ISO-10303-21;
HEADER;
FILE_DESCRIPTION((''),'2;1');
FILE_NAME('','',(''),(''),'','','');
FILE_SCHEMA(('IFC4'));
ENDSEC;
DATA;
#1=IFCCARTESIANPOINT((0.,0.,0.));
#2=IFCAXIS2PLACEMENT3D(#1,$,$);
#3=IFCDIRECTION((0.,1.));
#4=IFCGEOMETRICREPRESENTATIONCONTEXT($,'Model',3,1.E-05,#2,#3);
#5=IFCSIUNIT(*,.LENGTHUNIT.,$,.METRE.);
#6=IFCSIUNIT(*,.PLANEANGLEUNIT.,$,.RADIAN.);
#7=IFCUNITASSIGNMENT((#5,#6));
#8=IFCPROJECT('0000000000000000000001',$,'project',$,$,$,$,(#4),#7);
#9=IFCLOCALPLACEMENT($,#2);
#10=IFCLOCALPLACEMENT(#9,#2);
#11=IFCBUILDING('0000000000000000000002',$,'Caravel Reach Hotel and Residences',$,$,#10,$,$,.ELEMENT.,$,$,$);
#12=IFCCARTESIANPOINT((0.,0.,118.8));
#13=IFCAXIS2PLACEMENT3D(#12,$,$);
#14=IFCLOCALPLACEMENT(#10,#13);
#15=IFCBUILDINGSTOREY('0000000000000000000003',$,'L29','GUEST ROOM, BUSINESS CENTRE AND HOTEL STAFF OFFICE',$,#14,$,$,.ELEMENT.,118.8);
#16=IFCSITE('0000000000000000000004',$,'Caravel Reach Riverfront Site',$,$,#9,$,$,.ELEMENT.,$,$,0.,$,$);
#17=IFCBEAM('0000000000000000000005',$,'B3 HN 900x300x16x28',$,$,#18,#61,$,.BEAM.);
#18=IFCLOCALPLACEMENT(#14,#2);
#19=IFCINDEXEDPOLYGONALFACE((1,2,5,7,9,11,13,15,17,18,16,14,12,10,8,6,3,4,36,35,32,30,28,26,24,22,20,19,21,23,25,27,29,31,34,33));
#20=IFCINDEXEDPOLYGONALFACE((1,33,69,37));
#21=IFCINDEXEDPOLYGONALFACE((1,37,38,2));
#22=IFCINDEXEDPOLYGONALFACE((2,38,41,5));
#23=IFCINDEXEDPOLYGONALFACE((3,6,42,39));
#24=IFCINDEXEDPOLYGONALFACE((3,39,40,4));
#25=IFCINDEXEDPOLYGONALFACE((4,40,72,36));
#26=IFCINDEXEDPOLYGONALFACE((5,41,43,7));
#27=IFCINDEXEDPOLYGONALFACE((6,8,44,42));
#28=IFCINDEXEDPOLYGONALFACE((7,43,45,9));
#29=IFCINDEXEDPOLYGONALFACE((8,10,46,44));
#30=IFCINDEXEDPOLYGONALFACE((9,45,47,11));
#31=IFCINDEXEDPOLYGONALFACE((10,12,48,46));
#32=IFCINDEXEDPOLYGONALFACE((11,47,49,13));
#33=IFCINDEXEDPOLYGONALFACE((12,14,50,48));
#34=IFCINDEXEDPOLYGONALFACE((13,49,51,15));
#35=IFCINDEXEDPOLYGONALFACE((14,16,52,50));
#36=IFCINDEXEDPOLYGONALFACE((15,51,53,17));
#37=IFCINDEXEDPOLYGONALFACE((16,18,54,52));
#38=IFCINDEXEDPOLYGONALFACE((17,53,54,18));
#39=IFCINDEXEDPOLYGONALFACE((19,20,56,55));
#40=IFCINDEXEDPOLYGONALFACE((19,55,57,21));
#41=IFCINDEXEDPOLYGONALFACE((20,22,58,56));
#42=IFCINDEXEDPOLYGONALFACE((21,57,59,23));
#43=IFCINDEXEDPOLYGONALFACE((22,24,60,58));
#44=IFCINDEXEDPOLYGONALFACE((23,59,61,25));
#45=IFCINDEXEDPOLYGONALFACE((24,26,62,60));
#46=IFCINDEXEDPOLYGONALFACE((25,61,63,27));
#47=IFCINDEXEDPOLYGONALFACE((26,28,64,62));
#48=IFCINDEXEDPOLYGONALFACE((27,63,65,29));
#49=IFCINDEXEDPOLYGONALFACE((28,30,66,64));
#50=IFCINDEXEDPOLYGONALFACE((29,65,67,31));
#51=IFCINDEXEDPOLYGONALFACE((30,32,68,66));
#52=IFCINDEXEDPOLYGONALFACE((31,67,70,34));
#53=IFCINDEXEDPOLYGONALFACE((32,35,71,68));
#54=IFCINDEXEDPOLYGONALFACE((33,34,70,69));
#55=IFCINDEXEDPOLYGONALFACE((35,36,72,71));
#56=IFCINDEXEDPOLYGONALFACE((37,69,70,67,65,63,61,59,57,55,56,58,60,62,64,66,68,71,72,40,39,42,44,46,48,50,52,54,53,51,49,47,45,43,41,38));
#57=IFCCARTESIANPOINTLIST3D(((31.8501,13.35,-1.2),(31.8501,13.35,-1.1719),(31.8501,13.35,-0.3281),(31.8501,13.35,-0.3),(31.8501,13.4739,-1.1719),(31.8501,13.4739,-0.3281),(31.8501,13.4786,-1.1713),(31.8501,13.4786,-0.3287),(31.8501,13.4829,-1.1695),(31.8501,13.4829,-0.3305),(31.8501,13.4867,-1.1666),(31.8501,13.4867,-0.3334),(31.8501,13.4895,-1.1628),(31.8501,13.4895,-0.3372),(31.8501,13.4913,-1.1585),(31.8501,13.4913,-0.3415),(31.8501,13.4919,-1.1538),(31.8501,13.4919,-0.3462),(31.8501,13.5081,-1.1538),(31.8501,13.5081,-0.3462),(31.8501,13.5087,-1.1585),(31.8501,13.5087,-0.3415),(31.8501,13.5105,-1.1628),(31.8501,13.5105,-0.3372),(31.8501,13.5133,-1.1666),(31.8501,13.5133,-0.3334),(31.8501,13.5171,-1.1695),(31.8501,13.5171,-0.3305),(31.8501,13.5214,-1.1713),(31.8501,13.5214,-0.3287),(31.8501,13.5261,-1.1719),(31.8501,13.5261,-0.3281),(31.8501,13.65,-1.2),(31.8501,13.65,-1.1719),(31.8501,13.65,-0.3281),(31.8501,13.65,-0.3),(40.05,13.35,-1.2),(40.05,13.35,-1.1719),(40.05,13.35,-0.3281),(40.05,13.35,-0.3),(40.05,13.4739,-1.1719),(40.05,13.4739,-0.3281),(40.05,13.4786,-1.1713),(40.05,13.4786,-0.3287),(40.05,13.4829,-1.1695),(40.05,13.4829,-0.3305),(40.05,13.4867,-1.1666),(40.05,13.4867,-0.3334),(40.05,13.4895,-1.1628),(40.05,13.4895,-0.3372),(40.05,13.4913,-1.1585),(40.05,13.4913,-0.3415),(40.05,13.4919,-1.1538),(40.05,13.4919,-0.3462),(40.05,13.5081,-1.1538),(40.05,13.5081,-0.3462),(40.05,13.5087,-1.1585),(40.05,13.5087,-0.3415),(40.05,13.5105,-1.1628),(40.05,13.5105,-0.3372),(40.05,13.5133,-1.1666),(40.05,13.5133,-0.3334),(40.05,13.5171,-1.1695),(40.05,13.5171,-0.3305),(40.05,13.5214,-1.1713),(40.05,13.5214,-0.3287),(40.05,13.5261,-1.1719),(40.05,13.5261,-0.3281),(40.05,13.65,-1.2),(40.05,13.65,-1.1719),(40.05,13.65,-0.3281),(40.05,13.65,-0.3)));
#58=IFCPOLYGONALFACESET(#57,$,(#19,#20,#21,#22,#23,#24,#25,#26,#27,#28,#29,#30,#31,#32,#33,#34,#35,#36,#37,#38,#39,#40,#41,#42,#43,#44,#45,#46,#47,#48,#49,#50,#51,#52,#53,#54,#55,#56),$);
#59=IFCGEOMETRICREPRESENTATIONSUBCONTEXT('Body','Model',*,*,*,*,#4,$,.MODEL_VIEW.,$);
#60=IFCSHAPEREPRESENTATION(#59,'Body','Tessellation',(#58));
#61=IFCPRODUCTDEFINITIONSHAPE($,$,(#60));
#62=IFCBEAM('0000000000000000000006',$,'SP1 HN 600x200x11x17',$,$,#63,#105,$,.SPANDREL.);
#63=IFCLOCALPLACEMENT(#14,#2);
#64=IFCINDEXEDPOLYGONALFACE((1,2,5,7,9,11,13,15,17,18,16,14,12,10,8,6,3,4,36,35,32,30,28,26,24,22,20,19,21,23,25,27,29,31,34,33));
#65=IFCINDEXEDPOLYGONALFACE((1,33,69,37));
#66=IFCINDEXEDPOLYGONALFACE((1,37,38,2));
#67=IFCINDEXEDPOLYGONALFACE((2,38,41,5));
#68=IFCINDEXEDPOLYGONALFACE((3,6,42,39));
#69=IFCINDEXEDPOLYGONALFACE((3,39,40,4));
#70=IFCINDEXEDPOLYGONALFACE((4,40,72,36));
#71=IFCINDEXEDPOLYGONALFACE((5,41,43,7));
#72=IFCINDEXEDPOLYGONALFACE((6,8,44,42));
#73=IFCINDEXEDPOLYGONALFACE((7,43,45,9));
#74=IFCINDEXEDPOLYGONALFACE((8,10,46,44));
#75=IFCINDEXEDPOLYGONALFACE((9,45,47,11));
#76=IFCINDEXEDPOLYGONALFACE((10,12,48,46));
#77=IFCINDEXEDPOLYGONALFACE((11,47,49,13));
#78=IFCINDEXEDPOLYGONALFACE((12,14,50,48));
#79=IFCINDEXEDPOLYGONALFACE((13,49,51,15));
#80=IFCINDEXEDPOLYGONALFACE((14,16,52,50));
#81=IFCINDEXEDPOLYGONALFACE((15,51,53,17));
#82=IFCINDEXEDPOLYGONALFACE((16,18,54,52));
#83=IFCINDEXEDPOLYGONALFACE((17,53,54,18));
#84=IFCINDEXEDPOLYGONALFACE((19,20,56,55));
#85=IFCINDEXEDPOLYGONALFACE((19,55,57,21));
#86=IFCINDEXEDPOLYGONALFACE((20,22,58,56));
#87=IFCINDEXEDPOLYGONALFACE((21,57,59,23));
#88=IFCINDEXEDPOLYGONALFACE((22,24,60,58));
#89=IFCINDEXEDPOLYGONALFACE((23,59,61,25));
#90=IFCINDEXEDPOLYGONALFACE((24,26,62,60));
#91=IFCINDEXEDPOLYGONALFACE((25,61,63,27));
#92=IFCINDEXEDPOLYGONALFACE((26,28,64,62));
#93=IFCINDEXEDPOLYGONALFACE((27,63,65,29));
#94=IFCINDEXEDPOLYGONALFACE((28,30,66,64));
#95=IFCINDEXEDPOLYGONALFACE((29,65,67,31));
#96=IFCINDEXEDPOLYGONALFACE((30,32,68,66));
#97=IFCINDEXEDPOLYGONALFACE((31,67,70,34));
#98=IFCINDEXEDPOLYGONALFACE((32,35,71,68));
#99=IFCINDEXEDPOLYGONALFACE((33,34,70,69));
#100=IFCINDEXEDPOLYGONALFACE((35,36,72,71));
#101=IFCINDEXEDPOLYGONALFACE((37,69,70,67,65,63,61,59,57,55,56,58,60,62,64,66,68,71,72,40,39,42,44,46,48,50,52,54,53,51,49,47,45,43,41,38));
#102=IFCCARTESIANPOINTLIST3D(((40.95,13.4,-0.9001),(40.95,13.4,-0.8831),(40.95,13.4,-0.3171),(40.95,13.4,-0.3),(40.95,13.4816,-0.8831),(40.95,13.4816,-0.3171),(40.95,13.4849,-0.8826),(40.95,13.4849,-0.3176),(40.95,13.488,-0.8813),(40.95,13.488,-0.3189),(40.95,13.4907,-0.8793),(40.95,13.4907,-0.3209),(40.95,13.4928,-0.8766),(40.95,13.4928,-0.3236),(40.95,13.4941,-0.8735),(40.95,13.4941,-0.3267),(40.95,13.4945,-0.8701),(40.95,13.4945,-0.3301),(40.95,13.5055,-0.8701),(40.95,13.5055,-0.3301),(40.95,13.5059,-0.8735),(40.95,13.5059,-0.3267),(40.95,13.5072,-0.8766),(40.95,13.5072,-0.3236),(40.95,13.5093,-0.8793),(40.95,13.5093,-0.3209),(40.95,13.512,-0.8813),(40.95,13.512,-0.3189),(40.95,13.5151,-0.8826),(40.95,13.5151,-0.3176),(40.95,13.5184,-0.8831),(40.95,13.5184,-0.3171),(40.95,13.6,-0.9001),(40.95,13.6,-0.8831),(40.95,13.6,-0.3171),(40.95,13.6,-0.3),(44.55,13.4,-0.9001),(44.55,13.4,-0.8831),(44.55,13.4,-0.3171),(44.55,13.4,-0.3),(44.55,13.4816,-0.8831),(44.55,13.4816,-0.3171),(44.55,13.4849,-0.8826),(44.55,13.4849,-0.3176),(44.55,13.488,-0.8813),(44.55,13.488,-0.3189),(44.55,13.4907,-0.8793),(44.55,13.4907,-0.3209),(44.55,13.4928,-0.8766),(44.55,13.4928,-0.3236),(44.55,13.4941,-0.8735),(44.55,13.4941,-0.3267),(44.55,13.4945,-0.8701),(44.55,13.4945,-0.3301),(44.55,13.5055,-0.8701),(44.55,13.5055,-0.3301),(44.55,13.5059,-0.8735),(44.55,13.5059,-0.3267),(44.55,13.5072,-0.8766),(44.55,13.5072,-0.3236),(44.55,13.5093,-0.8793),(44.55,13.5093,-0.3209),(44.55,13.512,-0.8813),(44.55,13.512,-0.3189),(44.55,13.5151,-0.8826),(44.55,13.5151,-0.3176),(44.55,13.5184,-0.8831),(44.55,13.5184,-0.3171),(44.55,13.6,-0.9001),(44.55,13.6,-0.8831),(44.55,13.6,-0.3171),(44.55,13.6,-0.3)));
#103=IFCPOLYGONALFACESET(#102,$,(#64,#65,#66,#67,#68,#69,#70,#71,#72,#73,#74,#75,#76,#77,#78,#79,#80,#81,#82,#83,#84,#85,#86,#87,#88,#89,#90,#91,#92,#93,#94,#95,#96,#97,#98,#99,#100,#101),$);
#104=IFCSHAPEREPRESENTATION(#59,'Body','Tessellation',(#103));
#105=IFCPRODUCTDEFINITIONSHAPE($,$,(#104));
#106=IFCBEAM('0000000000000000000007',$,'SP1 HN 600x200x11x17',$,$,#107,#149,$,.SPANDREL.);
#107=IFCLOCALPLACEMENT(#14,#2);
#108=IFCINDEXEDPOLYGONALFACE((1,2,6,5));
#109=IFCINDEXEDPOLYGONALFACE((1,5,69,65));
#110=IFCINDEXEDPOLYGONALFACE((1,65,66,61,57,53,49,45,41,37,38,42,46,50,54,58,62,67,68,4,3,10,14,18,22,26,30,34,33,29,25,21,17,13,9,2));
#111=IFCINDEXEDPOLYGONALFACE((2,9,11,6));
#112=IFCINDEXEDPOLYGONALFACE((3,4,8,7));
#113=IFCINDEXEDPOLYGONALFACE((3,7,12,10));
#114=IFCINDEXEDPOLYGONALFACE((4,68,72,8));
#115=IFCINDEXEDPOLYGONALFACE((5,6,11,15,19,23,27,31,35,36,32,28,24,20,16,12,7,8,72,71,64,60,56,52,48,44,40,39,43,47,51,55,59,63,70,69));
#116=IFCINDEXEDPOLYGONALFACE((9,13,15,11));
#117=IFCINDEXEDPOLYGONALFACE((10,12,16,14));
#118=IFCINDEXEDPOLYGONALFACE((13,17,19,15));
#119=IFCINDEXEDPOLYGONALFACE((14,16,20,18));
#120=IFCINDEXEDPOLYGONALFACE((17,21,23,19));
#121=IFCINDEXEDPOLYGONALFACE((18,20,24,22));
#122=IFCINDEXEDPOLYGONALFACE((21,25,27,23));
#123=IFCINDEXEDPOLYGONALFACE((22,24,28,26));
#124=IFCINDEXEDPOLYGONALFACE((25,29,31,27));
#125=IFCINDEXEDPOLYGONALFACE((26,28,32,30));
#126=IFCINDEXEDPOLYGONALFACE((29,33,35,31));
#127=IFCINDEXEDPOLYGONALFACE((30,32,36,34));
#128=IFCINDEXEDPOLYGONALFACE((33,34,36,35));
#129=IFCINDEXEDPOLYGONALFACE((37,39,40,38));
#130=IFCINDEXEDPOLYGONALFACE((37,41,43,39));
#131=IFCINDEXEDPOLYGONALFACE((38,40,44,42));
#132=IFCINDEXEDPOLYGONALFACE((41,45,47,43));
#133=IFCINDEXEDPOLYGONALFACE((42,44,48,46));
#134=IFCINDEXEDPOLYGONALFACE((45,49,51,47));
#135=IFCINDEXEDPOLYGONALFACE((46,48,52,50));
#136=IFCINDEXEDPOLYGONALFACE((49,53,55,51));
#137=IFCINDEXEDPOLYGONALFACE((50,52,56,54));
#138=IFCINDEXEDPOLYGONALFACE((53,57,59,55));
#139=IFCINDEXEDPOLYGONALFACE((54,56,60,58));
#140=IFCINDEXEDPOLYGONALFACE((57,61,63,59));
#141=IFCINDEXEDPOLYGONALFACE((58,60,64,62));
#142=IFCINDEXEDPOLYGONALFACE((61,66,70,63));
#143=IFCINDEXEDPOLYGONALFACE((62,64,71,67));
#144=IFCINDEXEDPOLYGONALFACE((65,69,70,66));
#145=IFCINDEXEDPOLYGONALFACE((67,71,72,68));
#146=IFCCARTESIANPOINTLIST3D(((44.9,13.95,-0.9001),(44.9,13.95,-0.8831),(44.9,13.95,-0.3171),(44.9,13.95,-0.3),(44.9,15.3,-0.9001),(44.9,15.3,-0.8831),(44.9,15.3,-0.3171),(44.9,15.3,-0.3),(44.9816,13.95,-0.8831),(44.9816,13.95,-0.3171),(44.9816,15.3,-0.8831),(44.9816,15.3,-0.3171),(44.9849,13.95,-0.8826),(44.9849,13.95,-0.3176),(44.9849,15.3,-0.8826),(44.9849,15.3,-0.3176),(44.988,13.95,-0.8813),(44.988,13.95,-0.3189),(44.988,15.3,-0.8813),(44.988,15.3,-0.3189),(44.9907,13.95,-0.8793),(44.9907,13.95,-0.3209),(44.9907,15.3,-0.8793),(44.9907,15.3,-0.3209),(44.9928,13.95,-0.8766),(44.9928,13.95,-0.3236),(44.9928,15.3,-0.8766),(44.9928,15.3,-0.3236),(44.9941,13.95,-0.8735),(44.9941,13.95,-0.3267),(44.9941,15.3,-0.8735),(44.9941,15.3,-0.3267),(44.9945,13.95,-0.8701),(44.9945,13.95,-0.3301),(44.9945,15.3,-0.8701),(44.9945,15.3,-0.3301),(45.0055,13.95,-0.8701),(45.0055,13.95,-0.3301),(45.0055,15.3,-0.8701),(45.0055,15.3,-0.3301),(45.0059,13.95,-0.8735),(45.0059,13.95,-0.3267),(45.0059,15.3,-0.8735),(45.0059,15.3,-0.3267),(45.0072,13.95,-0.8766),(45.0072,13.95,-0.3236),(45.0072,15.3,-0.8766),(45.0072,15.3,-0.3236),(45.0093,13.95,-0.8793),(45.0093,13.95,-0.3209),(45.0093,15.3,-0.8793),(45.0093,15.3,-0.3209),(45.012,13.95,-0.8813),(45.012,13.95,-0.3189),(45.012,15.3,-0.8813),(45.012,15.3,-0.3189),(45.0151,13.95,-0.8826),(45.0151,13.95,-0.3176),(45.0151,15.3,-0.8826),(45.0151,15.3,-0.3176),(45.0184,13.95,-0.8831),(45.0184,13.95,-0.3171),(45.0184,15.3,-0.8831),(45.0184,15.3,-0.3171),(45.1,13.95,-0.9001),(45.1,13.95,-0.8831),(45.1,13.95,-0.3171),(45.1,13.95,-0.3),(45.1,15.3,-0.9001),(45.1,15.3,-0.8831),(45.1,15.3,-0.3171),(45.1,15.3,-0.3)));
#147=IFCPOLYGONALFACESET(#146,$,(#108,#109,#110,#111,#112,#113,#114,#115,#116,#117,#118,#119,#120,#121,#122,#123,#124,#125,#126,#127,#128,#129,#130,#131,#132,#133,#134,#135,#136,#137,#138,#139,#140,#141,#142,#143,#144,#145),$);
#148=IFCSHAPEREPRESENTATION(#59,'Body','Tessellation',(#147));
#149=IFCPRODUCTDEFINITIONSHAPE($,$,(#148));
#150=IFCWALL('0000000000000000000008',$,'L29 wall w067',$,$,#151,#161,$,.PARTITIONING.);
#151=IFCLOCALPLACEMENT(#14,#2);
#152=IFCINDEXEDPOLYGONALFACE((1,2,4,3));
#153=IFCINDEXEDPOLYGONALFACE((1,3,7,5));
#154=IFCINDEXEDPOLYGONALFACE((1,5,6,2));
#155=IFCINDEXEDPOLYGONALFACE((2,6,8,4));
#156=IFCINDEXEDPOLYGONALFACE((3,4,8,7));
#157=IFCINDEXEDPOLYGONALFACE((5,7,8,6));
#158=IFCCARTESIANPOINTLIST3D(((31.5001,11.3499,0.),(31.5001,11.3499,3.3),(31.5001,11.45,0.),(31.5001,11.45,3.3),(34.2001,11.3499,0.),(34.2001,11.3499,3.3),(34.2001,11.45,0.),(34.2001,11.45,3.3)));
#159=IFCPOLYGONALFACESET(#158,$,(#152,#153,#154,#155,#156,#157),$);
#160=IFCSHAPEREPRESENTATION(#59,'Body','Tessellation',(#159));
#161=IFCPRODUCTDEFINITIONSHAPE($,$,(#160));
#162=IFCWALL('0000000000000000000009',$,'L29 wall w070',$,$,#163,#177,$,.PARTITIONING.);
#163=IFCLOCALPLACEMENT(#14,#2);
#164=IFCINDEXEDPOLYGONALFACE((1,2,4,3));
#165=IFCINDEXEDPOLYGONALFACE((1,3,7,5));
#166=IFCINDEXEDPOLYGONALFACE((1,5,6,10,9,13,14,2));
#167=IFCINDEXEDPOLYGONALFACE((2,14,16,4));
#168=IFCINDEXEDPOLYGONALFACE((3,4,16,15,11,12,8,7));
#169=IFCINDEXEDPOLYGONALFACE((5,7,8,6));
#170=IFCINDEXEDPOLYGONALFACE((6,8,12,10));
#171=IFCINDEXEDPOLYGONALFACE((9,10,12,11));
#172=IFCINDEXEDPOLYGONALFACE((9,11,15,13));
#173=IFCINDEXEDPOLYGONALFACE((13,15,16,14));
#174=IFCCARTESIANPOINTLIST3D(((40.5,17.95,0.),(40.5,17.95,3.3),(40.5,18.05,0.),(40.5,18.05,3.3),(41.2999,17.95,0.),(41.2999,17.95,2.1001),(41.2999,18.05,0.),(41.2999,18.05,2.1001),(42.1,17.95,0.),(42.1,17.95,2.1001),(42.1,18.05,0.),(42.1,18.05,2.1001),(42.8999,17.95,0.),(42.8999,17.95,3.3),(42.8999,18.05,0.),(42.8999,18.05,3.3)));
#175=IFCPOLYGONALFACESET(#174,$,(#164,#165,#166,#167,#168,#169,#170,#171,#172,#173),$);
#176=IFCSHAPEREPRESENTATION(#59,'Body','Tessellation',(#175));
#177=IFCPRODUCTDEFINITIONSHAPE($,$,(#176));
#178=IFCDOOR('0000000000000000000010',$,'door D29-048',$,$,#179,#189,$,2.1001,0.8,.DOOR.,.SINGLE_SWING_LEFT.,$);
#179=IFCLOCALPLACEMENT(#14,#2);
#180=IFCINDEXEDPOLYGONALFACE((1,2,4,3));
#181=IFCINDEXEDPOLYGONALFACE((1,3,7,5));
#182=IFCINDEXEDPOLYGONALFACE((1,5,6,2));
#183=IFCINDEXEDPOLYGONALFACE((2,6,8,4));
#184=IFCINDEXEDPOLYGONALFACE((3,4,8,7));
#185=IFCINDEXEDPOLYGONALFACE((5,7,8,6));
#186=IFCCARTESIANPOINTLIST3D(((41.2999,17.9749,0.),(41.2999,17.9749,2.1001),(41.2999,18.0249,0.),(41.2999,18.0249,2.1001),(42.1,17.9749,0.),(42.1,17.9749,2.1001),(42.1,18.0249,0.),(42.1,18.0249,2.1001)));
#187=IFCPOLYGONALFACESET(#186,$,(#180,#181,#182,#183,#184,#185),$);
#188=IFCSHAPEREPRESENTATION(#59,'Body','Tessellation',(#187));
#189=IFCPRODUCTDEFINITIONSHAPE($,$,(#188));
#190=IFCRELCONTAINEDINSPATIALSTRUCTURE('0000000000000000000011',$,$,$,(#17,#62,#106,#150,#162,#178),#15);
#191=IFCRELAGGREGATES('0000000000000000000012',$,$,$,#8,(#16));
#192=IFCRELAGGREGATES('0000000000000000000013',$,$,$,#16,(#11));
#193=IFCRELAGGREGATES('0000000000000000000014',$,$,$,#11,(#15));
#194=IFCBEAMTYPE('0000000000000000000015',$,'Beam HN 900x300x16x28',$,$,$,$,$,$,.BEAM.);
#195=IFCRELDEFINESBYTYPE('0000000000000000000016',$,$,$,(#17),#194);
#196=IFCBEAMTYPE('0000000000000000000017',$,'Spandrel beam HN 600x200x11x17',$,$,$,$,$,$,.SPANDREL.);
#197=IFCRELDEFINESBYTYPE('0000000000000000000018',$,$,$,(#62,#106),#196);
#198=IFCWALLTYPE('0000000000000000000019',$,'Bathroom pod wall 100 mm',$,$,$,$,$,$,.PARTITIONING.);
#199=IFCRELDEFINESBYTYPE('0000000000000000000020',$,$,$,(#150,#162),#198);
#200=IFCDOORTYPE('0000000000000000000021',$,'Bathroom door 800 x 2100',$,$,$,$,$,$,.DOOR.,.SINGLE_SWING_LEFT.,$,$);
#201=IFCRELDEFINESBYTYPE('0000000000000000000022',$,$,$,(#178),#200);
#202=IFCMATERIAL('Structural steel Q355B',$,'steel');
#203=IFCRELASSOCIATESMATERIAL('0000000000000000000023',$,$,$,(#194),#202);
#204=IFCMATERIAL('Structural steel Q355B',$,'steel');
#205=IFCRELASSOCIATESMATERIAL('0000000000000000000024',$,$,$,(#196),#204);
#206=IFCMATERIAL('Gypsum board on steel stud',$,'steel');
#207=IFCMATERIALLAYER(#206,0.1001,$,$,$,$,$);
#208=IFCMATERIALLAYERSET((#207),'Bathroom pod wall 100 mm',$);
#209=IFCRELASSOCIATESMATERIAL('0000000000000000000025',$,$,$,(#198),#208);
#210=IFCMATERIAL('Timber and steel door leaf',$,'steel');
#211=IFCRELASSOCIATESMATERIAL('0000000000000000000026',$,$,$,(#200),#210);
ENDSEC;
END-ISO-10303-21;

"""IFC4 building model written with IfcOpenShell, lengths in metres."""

from ifc_helpers import new_model, si_unit, direction, frame, frame_2d, origin, origin_2d, place, context, subcontext, project, spatial, rectangle, i_section, extrude, material, layer, layer_set, material_profile, profile_set, type_object, element, fill, save


model = new_model("IFC4")

# Units and contexts
model_context = context("Model", 3, precision=1e-05, world=origin(), true_north=direction((0.0, 1.0)))
body_context = subcontext(model_context, "Body", "Model", "MODEL_VIEW")
ifc_project = project(units=[si_unit("LENGTHUNIT", "METRE"), si_unit("PLANEANGLEUNIT", "RADIAN")], contexts=[model_context])

# Site, building, storey
site_placement = place(None, origin())
site = spatial("IfcSite", under=ifc_project, at=site_placement, Name="Caravel Reach Riverfront Site", CompositionType="ELEMENT", RefElevation=0.0)
building_placement = place(site_placement, origin())
building = spatial("IfcBuilding", under=site, at=building_placement, Name="Caravel Reach Hotel and Residences", CompositionType="ELEMENT")
storey_placement = place(building_placement, frame((0.0, 0.0, 118.8)))
storey = spatial("IfcBuildingStorey", under=building, at=storey_placement, Name="L29", Description="GUEST ROOM, BUSINESS CENTRE AND HOTEL STAFF OFFICE", CompositionType="ELEMENT", Elevation=118.8)

# Beams
ifc_material_1 = material(Name="Structural steel Q355B", Category="steel")
ifc_material_profile_1 = material_profile(ifc_material_1, i_section(OverallWidth=0.3, OverallDepth=0.8999, WebThickness=0.0161, FlangeThickness=0.0281, FilletRadius=0.0181, at=origin_2d()), Name="HN 900x300x16x28")
ifc_profile_set_1 = profile_set([ifc_material_profile_1], Name="Structural steel Q355B")
beam_type_1 = type_object("IfcBeamType", Name="Beam HN 900x300x16x28", PredefinedType="BEAM", material=ifc_profile_set_1)
beam_1_placement = place(storey_placement, frame((31.8501, 13.5, -0.75), z_axis=(1.0, 0.0, 0.0), x_axis=(0.0, 1.0, 0.0)))
element("IfcBeam", 1, at=beam_1_placement, inside=storey, type_object=beam_type_1, Name="B3 HN 900x300x16x28", PredefinedType="BEAM", context=body_context, shape_type="SweptSolid", body=[
    extrude(i_section(OverallWidth=0.3, OverallDepth=0.8999, WebThickness=0.0161, FlangeThickness=0.0281, FilletRadius=0.0181, at=origin_2d()), origin(), (0.0, 0.0, 1.0), 8.2),
])
ifc_material_2 = material(Name="Structural steel Q355B", Category="steel")
ifc_material_profile_2 = material_profile(ifc_material_2, i_section(OverallWidth=0.2, OverallDepth=0.6001, WebThickness=0.011, FlangeThickness=0.0171, FilletRadius=0.0129, at=origin_2d()), Name="HN 600x200x11x17")
ifc_profile_set_2 = profile_set([ifc_material_profile_2], Name="Structural steel Q355B")
beam_type_2 = type_object("IfcBeamType", Name="Spandrel beam HN 600x200x11x17", PredefinedType="SPANDREL", material=ifc_profile_set_2)
beam_2_placement = place(storey_placement, frame((40.95, 13.5, -0.6001), z_axis=(1.0, 0.0, 0.0), x_axis=(0.0, 1.0, 0.0)))
element("IfcBeam", 2, at=beam_2_placement, inside=storey, type_object=beam_type_2, Name="SP1 HN 600x200x11x17", PredefinedType="SPANDREL", context=body_context, shape_type="SweptSolid", body=[
    extrude(i_section(OverallWidth=0.2, OverallDepth=0.6001, WebThickness=0.011, FlangeThickness=0.0171, FilletRadius=0.0129, at=origin_2d()), origin(), (0.0, 0.0, 1.0), 3.6001),
])
beam_3_placement = place(storey_placement, frame((45.0, 13.95, -0.6001), z_axis=(0.0, 1.0, 0.0), x_axis=(-1.0, 0.0, 0.0)))
element("IfcBeam", 3, at=beam_3_placement, inside=storey, type_object=beam_type_2, Name="SP1 HN 600x200x11x17", PredefinedType="SPANDREL", context=body_context, shape_type="SweptSolid", body=[
    extrude(i_section(OverallWidth=0.2, OverallDepth=0.6001, WebThickness=0.011, FlangeThickness=0.0171, FilletRadius=0.0129, at=origin_2d()), origin(), (0.0, 0.0, 1.0), 1.3501),
])

# Wall
ifc_material_3 = material(Name="Gypsum board on steel stud", Category="steel")
ifc_layer_1 = layer(ifc_material_3, 0.1001)
ifc_layer_set_1 = layer_set([ifc_layer_1], Name="Bathroom pod wall 100 mm")
wall_type_1 = type_object("IfcWallType", Name="Bathroom pod wall 100 mm", PredefinedType="PARTITIONING", material=ifc_layer_set_1)
wall_1_placement = place(storey_placement, frame((31.5, 11.3999, 0.0), z_axis=(0.0, 0.0, 1.0), x_axis=(1.0, 0.0, 0.0)))
element("IfcWall", 4, at=wall_1_placement, inside=storey, type_object=wall_type_1, Name="L29 wall w067", PredefinedType="PARTITIONING", context=body_context, shape_type="SweptSolid", body=[
    extrude(rectangle(XDim=2.7, YDim=0.1001, at=frame_2d((1.3501, 0.0))), origin(), (0.0, 0.0, 1.0), 3.3),
])

# Wall, opening, door
wall_2_placement = place(storey_placement, frame((40.5, 18.0, 0.0), z_axis=(0.0, 0.0, 1.0), x_axis=(1.0, 0.0, 0.0)))
wall_2 = element("IfcWall", 5, at=wall_2_placement, inside=storey, type_object=wall_type_1, Name="L29 wall w070", PredefinedType="PARTITIONING", context=body_context, shape_type="SweptSolid", body=[
    extrude(rectangle(XDim=2.3999, YDim=0.1001, at=frame_2d((1.2, 0.0))), origin(), (0.0, 0.0, 1.0), 3.3),
])
opening_1_placement = place(wall_2_placement, frame((0.8, 0.0, 0.0)))
opening_1 = element("IfcOpeningElement", 6, at=opening_1_placement, cuts=wall_2, PredefinedType="OPENING", context=body_context, shape_type="SweptSolid", body=[
    extrude(rectangle(XDim=0.8, YDim=2.1001, at=frame_2d((0.3999, 1.05))), frame((0.0, 0.0601, 0.0), z_axis=(0.0, -1.0, 0.0), x_axis=(1.0, 0.0, 0.0)), (0.0, 0.0, 1.0), 0.1201),
])
ifc_material_4 = material(Name="Timber and steel door leaf", Category="steel")
door_type_1 = type_object("IfcDoorType", Name="Bathroom door 800 x 2100", OperationType="SINGLE_SWING_LEFT", PredefinedType="DOOR", material=ifc_material_4)
door_1_placement = place(opening_1_placement, origin())
door_1 = element("IfcDoor", 7, at=door_1_placement, inside=storey, type_object=door_type_1, Name="door D29-048", OperationType="SINGLE_SWING_LEFT", OverallHeight=2.1001, OverallWidth=0.8, PredefinedType="DOOR", context=body_context, shape_type="SweptSolid", body=[
    extrude(rectangle(XDim=0.8, YDim=2.1001, at=frame_2d((0.3999, 1.05))), frame((0.0, 0.0249, 0.0), z_axis=(0.0, -1.0, 0.0), x_axis=(1.0, 0.0, 0.0)), (0.0, 0.0, 1.0), 0.05),
])
fill(opening_1, door_1)

save(model, "model.ifc")
